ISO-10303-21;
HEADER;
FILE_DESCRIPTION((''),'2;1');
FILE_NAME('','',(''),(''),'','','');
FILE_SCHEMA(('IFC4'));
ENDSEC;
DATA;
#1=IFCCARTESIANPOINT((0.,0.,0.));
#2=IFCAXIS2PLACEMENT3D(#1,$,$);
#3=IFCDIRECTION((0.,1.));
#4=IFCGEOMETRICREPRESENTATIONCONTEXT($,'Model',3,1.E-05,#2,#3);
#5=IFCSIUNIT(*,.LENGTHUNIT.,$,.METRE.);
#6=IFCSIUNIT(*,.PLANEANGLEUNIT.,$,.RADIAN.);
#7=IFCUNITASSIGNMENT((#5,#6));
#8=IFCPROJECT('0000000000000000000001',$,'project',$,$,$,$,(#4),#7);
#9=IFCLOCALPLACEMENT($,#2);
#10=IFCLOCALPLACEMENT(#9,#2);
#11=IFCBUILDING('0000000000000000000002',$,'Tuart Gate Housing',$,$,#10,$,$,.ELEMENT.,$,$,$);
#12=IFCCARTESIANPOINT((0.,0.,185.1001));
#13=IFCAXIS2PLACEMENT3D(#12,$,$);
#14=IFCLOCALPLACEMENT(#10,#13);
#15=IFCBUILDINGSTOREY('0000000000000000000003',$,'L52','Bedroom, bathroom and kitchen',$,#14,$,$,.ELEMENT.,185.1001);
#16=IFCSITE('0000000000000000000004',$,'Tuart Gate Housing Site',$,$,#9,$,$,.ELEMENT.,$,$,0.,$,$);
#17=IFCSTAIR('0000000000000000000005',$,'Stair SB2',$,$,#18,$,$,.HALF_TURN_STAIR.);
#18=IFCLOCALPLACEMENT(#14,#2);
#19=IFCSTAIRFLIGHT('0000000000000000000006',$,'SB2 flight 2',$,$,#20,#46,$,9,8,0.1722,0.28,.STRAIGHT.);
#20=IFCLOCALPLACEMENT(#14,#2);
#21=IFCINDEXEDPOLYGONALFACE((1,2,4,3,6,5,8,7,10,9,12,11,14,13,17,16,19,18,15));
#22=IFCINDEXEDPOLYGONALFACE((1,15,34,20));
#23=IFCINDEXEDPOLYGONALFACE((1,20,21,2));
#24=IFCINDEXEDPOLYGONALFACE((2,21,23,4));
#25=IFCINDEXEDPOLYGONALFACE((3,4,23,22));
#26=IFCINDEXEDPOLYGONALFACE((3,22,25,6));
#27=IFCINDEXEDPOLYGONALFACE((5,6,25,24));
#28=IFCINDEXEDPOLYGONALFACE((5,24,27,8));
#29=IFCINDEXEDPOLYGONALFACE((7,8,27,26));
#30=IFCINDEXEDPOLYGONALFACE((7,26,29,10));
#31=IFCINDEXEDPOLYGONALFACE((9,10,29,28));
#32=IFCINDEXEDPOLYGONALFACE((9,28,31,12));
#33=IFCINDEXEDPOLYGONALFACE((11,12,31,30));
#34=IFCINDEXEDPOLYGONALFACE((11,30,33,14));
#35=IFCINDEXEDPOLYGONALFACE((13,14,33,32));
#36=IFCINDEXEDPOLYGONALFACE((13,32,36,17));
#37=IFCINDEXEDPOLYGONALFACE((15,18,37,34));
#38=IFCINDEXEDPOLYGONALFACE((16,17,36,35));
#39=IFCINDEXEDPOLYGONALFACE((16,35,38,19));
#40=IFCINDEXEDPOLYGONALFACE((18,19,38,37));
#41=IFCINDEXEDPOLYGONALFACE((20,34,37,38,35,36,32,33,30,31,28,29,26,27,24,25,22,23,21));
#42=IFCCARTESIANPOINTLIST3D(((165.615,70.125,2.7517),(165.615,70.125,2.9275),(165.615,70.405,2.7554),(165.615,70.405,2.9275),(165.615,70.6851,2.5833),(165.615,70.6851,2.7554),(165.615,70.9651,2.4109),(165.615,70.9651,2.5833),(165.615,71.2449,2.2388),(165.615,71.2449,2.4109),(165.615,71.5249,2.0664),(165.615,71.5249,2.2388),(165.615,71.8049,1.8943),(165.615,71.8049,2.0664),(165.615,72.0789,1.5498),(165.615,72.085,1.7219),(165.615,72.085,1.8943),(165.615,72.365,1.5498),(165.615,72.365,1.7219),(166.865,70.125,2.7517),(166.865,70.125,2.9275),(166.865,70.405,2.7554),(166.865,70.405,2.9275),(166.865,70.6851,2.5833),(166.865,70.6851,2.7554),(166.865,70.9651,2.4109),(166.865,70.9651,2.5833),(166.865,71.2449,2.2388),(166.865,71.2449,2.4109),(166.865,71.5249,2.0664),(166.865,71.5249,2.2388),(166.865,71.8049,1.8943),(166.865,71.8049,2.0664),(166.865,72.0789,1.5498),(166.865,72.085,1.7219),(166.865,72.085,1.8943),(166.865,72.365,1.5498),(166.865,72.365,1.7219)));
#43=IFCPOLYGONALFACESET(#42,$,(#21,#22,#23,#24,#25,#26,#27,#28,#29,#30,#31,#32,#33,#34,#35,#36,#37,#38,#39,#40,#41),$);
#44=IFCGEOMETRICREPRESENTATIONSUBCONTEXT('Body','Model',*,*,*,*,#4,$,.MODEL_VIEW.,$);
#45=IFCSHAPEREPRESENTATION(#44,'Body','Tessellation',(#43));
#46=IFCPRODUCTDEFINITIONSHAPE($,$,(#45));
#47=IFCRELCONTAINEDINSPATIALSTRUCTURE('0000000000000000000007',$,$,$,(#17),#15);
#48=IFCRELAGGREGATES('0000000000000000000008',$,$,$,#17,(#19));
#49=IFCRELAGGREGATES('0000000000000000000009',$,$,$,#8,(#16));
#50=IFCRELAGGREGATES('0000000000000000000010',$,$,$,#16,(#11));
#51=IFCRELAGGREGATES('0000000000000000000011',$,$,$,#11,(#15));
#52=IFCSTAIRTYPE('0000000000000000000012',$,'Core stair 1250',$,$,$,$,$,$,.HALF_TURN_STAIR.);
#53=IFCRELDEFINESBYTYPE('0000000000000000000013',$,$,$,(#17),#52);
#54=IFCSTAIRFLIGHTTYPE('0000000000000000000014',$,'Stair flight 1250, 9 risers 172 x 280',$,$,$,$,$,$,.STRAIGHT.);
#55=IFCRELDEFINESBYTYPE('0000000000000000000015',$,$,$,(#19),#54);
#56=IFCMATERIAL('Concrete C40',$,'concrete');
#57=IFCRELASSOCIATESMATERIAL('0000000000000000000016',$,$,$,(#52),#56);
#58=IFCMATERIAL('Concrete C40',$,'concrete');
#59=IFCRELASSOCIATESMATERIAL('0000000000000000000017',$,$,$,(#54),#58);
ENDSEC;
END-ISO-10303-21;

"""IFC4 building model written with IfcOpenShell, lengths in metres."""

from ifc_helpers import new_model, si_unit, direction, frame, origin, place, context, subcontext, project, spatial, polyline, outline, extrude, material, type_object, element, aggregate, save


model = new_model("IFC4")

# Units and contexts
model_context = context("Model", 3, precision=1e-05, world=origin(), true_north=direction((0.0, 1.0)))
body_context = subcontext(model_context, "Body", "Model", "MODEL_VIEW")
ifc_project = project(units=[si_unit("LENGTHUNIT", "METRE"), si_unit("PLANEANGLEUNIT", "RADIAN")], contexts=[model_context])

# Site, building, storey
site_placement = place(None, origin())
site = spatial("IfcSite", under=ifc_project, at=site_placement, Name="Tuart Gate Housing Site", CompositionType="ELEMENT", RefElevation=0.0)
building_placement = place(site_placement, origin())
building = spatial("IfcBuilding", under=site, at=building_placement, Name="Tuart Gate Housing", CompositionType="ELEMENT")
storey_placement = place(building_placement, frame((0.0, 0.0, 185.1001)))
storey = spatial("IfcBuildingStorey", under=building, at=storey_placement, Name="L52", Description="Bedroom, bathroom and kitchen", CompositionType="ELEMENT", Elevation=185.1001)

# Stair, stair flight
ifc_material_1 = material(Name="Concrete C40", Category="concrete")
stair_type = type_object("IfcStairType", Name="Core stair 1250", PredefinedType="HALF_TURN_STAIR", material=ifc_material_1)
stair_placement = place(storey_placement, origin())
stair = element("IfcStair", 1, at=stair_placement, inside=storey, type_object=stair_type, Name="Stair SB2", PredefinedType="HALF_TURN_STAIR")
ifc_material_2 = material(Name="Concrete C40", Category="concrete")
stair_flight_type = type_object("IfcStairFlightType", Name="Stair flight 1250, 9 risers 172 x 280", PredefinedType="STRAIGHT", material=ifc_material_2)
stair_flight_placement = place(storey_placement, frame((166.24, 72.365, 1.5498), z_axis=(0.0, 0.0, 1.0), x_axis=(0.0, -1.0, 0.0)))
stair_flight = element("IfcStairFlight", 2, at=stair_flight_placement, type_object=stair_flight_type, Name="SB2 flight 2", NumberOfRisers=9, NumberOfTreads=8, PredefinedType="STRAIGHT", RiserHeight=0.1722, TreadLength=0.28, context=body_context, shape_type="SweptSolid", body=[
    extrude(outline(polyline([(0.0, 0.0), (0.0, 0.1721), (0.28, 0.1721), (0.28, 0.3445), (0.5601, 0.3445), (0.5601, 0.5166), (0.8401, 0.5166), (0.8401, 0.689), (1.1201, 0.689), (1.1201, 0.8611), (1.3999, 0.8611), (1.3999, 1.0334), (1.6799, 1.0334), (1.6799, 1.2056), (1.96, 1.2056), (1.96, 1.3777), (2.24, 1.3777), (2.24, 1.55), (2.24, 1.2019), (0.2861, 0.0), (0.0, 0.0)])), frame((0.0, 0.625, 0.0), z_axis=(0.0, -1.0, 0.0), x_axis=(1.0, 0.0, 0.0)), (0.0, 0.0, 1.0), 1.25),
])
aggregate(stair, [stair_flight])

save(model, "model.ifc")
